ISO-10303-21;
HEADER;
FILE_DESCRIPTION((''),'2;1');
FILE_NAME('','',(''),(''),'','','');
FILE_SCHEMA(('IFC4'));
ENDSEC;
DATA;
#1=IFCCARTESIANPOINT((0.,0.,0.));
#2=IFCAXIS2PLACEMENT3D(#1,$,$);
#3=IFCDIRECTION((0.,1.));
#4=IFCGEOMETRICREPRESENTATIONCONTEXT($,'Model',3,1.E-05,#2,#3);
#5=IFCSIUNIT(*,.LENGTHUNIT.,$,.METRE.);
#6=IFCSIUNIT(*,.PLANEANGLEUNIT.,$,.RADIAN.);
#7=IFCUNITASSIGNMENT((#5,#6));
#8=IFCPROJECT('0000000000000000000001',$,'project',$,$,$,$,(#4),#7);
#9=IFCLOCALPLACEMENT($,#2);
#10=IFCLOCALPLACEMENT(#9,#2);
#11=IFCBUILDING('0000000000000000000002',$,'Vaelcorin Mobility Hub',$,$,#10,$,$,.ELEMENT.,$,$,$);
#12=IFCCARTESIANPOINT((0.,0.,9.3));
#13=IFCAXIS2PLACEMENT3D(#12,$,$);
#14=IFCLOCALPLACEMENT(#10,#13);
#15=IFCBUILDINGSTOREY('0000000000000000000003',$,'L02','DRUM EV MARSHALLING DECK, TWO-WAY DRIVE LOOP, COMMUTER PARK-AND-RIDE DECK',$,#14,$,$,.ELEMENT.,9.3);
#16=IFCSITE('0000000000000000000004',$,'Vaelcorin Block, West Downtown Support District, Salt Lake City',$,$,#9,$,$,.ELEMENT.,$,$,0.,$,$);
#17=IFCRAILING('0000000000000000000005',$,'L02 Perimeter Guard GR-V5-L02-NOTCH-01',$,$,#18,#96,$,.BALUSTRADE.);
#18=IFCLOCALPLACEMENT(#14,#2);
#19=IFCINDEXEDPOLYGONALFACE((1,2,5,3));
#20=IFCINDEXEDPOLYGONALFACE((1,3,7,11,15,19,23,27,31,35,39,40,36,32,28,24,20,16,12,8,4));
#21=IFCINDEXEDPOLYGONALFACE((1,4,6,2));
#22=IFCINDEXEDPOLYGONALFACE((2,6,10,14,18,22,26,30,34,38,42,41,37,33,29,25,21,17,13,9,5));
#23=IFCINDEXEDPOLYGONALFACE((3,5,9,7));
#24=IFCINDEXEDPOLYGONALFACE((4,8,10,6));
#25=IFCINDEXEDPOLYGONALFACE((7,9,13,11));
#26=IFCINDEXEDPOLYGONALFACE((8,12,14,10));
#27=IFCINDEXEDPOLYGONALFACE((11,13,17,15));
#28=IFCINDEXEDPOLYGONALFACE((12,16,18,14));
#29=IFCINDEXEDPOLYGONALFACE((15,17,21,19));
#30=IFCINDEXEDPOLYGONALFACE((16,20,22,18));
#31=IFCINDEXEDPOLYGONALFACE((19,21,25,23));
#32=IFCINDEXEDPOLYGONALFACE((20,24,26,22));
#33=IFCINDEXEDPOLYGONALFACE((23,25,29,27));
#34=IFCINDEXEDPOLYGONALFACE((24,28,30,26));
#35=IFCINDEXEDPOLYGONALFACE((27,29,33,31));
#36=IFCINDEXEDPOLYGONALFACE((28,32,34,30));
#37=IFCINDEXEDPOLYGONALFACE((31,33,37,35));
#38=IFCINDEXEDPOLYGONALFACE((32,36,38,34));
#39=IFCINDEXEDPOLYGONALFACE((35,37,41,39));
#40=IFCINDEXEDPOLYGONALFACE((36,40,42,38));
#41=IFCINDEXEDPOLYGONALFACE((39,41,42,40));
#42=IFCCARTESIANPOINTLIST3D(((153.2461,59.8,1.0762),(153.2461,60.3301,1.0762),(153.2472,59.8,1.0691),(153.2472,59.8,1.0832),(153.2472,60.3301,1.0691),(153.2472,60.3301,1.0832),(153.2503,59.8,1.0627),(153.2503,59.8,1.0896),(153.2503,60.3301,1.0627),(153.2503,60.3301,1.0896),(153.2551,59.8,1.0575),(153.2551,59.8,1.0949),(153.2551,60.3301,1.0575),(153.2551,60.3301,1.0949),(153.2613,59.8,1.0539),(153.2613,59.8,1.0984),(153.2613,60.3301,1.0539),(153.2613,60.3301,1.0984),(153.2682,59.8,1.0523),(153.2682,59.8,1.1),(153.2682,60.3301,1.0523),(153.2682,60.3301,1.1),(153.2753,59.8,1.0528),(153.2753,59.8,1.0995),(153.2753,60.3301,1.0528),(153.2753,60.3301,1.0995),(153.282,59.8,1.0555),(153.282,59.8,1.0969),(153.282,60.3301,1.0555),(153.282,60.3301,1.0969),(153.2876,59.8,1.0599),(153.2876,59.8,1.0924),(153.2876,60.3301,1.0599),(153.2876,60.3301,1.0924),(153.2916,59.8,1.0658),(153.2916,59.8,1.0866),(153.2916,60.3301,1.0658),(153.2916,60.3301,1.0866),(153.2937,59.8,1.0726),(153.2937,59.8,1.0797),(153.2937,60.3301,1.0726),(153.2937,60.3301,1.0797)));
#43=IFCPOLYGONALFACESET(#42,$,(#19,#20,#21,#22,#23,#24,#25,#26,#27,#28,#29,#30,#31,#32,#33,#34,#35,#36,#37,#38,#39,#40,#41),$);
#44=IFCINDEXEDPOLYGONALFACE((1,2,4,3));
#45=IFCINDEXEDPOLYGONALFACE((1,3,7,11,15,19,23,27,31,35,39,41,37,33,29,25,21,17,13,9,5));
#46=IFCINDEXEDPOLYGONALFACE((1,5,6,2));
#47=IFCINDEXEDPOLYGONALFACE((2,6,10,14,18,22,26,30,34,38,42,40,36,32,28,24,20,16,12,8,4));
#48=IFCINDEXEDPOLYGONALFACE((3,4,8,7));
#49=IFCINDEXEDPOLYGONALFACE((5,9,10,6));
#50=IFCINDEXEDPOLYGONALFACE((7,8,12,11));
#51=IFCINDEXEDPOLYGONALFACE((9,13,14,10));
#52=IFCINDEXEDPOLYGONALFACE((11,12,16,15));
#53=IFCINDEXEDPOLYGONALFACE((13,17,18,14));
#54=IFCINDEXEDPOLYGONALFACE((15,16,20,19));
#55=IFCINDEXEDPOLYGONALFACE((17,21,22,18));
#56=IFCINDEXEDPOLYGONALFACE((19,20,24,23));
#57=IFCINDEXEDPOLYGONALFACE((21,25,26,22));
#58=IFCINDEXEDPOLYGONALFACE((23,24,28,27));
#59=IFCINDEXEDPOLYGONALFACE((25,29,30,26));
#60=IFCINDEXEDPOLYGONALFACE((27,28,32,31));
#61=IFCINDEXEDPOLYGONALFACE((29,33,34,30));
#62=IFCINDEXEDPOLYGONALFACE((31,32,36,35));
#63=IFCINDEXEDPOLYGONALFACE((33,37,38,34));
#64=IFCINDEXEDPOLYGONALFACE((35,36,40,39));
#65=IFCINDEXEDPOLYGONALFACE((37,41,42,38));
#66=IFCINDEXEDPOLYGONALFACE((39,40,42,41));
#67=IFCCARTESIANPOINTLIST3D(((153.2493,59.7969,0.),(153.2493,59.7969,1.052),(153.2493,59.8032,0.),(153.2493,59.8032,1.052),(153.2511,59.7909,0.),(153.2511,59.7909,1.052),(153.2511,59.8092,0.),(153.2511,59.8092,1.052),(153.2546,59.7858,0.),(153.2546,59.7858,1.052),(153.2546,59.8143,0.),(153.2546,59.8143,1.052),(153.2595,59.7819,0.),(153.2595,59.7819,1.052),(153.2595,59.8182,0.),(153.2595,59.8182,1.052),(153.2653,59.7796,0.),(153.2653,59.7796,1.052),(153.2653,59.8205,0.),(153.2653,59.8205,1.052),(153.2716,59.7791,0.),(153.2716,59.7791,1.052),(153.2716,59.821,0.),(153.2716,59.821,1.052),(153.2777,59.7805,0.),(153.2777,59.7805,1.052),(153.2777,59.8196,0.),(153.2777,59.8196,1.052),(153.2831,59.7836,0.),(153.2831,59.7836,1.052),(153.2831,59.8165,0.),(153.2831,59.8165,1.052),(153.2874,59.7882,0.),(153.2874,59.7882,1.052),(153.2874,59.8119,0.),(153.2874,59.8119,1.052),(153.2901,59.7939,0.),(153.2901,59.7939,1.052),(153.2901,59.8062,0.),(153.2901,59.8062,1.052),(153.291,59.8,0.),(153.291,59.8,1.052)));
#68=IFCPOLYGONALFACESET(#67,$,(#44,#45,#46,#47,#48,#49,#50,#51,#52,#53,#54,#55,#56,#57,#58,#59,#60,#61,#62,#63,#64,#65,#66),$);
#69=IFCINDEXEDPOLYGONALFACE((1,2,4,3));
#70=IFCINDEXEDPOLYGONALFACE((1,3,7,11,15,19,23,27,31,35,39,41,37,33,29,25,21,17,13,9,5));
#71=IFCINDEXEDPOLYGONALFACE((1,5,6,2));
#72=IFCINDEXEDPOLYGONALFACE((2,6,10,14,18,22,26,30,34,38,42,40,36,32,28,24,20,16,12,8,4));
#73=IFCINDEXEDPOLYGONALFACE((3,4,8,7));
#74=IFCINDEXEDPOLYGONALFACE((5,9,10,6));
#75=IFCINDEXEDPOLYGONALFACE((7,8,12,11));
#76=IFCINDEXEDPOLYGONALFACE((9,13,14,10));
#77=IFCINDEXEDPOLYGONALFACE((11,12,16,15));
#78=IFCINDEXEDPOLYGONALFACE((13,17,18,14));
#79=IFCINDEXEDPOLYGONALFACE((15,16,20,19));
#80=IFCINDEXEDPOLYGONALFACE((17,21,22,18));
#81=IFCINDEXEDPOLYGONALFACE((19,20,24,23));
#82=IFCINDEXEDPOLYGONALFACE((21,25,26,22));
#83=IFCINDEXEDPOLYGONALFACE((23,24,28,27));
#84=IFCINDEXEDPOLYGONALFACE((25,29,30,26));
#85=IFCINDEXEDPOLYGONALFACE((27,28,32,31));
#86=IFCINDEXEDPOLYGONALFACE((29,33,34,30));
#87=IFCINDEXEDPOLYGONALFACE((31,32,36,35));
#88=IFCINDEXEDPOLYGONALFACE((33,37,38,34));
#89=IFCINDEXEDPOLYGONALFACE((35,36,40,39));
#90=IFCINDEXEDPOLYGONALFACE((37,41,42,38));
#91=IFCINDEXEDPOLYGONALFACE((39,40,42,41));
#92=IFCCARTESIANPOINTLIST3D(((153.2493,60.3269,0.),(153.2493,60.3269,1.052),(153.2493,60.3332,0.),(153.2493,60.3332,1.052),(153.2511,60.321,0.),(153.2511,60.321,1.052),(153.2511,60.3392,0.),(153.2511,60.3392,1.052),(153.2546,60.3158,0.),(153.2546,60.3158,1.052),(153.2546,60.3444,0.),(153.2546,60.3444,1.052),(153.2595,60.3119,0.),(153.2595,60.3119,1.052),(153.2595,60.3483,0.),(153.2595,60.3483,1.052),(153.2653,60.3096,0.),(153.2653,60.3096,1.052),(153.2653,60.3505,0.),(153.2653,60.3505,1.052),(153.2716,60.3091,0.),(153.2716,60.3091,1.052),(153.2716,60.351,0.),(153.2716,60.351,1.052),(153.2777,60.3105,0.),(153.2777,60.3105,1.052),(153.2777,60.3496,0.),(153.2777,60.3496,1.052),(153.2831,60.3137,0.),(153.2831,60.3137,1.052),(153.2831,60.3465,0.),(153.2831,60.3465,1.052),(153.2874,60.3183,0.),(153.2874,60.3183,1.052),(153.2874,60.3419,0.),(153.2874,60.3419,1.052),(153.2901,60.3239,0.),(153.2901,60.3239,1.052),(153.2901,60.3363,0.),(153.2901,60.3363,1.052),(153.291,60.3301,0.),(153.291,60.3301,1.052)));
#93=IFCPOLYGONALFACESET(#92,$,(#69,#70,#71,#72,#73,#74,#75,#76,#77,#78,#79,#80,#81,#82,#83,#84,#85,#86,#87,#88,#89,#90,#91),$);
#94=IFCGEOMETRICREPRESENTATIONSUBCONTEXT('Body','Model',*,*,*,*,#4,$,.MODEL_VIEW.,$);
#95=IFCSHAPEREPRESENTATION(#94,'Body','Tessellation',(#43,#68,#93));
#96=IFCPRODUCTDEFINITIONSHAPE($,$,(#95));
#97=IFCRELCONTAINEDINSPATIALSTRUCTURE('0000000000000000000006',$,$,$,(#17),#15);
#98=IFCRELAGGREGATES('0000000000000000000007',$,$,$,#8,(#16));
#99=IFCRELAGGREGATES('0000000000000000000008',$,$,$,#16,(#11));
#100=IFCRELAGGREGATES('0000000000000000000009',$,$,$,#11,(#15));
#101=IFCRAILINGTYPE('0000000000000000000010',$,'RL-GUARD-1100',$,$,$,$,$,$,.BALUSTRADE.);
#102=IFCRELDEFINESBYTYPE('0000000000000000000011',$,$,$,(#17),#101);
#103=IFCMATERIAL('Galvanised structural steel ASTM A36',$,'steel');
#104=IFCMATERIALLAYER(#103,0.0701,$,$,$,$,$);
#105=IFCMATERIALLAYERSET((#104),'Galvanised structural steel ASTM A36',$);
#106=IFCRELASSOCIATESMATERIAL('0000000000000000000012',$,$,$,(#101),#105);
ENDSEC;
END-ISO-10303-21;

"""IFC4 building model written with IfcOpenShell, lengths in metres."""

from ifc_helpers import new_model, si_unit, direction, frame, origin, origin_2d, place, context, subcontext, project, spatial, circle, extrude, material, layer, layer_set, type_object, element, save


model = new_model("IFC4")

# Units and contexts
model_context = context("Model", 3, precision=1e-05, world=origin(), true_north=direction((0.0, 1.0)))
body_context = subcontext(model_context, "Body", "Model", "MODEL_VIEW")
ifc_project = project(units=[si_unit("LENGTHUNIT", "METRE"), si_unit("PLANEANGLEUNIT", "RADIAN")], contexts=[model_context])

# Site, building, storey
site_placement = place(None, origin())
site = spatial("IfcSite", under=ifc_project, at=site_placement, Name="Vaelcorin Block, West Downtown Support District, Salt Lake City", CompositionType="ELEMENT", RefElevation=0.0)
building_placement = place(site_placement, origin())
building = spatial("IfcBuilding", under=site, at=building_placement, Name="Vaelcorin Mobility Hub", CompositionType="ELEMENT")
storey_placement = place(building_placement, frame((0.0, 0.0, 9.3)))
storey = spatial("IfcBuildingStorey", under=building, at=storey_placement, Name="L02", Description="DRUM EV MARSHALLING DECK, TWO-WAY DRIVE LOOP, COMMUTER PARK-AND-RIDE DECK", CompositionType="ELEMENT", Elevation=9.3)

# Railing
ifc_material_1 = material(Name="Galvanised structural steel ASTM A36", Category="steel")
ifc_layer_1 = layer(ifc_material_1, 0.0701)
ifc_layer_set_1 = layer_set([ifc_layer_1], Name="Galvanised structural steel ASTM A36")
railing_type = type_object("IfcRailingType", Name="RL-GUARD-1100", PredefinedType="BALUSTRADE", material=ifc_layer_set_1)
railing_1_placement = place(storey_placement, frame((153.27, 59.8, 0.0)))
element("IfcRailing", 1, at=railing_1_placement, inside=storey, type_object=railing_type, Name="L02 Perimeter Guard GR-V5-L02-NOTCH-01", PredefinedType="BALUSTRADE", context=body_context, shape_type="SweptSolid", body=[
    extrude(circle(Radius=0.0239, at=origin_2d()), frame((0.0, 0.0, 1.0762), z_axis=(0.0, 1.0, 0.0), x_axis=(-1.0, 0.0, 0.0)), (0.0, 0.0, 1.0), 0.53),
    extrude(circle(Radius=0.021, at=origin_2d()), origin(), (0.0, 0.0, 1.0), 1.052),
    extrude(circle(Radius=0.021, at=origin_2d()), frame((0.0, 0.53, 0.0)), (0.0, 0.0, 1.0), 1.052),
])

save(model, "model.ifc")
